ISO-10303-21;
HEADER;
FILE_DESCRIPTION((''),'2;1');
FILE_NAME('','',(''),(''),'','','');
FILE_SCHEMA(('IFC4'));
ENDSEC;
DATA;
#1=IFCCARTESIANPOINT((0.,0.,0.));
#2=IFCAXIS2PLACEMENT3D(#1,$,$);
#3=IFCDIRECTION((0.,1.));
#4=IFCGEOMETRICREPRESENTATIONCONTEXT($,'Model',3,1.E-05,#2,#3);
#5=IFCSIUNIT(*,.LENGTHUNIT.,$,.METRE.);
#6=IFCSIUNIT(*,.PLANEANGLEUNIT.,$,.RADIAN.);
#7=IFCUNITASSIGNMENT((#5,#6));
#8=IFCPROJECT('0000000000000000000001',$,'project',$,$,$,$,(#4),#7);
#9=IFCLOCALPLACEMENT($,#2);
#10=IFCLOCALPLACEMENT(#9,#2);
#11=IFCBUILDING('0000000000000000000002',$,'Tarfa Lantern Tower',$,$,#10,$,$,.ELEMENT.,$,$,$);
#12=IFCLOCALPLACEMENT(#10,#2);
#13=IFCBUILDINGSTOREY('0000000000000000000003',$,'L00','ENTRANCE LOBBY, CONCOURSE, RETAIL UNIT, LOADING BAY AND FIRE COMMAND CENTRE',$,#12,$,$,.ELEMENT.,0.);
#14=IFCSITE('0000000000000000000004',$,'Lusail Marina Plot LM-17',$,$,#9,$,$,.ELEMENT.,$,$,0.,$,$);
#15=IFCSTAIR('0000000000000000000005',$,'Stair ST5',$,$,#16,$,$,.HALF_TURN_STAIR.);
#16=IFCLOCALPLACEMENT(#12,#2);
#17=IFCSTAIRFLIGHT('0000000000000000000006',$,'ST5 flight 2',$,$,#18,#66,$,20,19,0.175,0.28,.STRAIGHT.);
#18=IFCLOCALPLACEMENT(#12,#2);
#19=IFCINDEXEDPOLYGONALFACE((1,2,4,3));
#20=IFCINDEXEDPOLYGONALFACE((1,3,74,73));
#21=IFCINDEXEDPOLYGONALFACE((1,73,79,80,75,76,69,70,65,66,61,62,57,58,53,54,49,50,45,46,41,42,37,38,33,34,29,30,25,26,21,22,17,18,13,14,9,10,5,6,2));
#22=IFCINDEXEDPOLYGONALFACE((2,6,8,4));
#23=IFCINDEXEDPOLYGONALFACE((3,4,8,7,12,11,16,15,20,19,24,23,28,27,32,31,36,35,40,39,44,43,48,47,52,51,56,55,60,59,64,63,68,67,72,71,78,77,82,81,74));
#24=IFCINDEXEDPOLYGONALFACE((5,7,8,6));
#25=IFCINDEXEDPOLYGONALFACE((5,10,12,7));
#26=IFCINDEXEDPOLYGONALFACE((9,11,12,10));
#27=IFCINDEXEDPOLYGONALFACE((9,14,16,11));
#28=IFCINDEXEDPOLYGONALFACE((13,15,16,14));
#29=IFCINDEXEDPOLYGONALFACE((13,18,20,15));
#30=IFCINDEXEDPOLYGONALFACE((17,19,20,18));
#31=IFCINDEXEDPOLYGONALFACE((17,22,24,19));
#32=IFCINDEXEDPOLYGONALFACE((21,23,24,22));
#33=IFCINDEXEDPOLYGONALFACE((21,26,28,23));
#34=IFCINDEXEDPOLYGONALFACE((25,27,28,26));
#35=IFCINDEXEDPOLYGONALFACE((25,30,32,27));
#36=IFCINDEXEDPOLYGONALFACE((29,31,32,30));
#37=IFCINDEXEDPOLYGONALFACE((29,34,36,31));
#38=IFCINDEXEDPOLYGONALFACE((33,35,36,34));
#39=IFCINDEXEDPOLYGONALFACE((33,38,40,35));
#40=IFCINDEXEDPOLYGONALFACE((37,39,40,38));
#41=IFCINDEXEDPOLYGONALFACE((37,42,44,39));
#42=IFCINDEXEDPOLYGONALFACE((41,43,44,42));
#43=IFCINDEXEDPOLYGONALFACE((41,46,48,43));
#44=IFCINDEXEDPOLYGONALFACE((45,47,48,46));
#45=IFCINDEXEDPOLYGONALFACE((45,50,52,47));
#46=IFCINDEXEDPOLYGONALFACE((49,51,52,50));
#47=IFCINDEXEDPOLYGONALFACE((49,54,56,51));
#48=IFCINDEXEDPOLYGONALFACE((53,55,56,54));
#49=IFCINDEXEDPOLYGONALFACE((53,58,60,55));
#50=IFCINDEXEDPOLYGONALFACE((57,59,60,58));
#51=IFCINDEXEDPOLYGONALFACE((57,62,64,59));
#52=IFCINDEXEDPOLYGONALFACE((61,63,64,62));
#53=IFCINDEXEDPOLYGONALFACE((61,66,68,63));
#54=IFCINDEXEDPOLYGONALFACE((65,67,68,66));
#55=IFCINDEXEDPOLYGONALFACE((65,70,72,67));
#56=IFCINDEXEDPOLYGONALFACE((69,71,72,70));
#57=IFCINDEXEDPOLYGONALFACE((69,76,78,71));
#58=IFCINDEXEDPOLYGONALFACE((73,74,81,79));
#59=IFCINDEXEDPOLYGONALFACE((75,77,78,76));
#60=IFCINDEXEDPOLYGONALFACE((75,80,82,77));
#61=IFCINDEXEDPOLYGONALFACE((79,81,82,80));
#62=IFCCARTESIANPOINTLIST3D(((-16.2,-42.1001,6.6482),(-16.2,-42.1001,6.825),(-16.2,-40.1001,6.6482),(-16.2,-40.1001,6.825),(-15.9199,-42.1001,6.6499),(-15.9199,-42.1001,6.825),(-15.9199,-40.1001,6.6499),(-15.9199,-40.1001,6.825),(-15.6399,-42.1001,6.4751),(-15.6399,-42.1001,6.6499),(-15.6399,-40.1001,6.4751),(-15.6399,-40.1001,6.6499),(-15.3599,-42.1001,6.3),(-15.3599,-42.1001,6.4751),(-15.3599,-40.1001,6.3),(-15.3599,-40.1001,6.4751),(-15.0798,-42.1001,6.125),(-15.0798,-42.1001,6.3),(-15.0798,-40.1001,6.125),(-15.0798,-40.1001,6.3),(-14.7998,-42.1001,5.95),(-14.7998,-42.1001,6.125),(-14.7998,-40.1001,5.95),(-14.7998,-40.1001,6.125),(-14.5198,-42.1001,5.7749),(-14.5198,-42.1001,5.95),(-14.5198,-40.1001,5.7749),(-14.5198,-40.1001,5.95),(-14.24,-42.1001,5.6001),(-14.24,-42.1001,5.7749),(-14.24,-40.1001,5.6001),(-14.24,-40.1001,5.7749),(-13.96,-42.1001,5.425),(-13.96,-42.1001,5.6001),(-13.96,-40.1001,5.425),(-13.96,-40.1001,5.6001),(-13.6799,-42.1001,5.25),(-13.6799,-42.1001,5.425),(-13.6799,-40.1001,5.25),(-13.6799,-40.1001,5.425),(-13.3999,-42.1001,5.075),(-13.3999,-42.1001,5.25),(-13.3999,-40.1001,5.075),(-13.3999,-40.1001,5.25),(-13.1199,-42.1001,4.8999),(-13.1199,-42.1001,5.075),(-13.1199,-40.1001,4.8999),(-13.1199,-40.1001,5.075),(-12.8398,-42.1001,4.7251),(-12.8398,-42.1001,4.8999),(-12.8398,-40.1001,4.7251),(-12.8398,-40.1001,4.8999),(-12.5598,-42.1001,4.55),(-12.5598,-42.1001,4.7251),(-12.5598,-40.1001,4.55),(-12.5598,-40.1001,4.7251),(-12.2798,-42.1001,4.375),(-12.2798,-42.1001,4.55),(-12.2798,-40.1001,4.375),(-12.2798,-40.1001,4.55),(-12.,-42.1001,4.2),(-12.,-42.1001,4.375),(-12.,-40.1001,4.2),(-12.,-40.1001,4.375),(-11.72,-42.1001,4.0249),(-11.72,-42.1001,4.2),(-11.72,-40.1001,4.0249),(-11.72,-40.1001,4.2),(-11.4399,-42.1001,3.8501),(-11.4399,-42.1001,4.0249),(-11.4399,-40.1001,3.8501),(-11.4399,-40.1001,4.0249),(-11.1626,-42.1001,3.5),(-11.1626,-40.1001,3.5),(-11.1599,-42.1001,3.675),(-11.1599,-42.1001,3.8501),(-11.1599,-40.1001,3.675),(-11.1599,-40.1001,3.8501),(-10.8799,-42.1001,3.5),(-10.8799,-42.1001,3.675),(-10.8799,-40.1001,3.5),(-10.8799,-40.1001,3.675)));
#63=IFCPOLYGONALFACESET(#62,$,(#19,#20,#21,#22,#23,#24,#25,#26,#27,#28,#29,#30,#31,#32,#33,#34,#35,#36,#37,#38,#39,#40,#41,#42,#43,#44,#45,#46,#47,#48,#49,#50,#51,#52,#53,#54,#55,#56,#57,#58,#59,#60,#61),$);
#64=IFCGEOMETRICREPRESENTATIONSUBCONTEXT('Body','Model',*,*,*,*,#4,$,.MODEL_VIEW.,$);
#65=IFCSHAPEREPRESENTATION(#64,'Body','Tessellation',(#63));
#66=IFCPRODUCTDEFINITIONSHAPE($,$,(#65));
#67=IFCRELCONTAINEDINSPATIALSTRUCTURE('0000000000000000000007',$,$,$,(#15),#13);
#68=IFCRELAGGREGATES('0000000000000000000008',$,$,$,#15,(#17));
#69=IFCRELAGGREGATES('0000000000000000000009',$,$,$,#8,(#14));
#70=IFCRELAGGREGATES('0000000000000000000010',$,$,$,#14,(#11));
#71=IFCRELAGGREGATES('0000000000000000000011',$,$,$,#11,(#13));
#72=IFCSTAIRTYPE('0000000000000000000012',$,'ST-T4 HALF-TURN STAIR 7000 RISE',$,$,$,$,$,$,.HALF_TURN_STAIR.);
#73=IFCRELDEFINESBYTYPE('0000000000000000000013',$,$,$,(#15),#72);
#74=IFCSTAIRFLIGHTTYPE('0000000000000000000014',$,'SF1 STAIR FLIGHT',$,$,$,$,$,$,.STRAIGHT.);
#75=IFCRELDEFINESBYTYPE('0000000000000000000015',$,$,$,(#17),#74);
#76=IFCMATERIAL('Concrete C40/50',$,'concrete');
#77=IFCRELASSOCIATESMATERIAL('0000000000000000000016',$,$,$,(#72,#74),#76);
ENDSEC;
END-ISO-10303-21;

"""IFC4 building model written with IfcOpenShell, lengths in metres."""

from ifc_helpers import new_model, si_unit, direction, frame, origin, place, context, subcontext, project, spatial, polyline, outline, extrude, material, type_object, element, aggregate, save


model = new_model("IFC4")

# Units and contexts
model_context = context("Model", 3, precision=1e-05, world=origin(), true_north=direction((0.0, 1.0)))
body_context = subcontext(model_context, "Body", "Model", "MODEL_VIEW")
ifc_project = project(units=[si_unit("LENGTHUNIT", "METRE"), si_unit("PLANEANGLEUNIT", "RADIAN")], contexts=[model_context])

# Site, building, storey
site_placement = place(None, origin())
site = spatial("IfcSite", under=ifc_project, at=site_placement, Name="Lusail Marina Plot LM-17", CompositionType="ELEMENT", RefElevation=0.0)
building_placement = place(site_placement, origin())
building = spatial("IfcBuilding", under=site, at=building_placement, Name="Tarfa Lantern Tower", CompositionType="ELEMENT")
storey_placement = place(building_placement, origin())
storey = spatial("IfcBuildingStorey", under=building, at=storey_placement, Name="L00", Description="ENTRANCE LOBBY, CONCOURSE, RETAIL UNIT, LOADING BAY AND FIRE COMMAND CENTRE", CompositionType="ELEMENT", Elevation=0.0)

# Stair, stair flight
ifc_material_1 = material(Name="Concrete C40/50", Category="concrete")
stair_type = type_object("IfcStairType", Name="ST-T4 HALF-TURN STAIR 7000 RISE", PredefinedType="HALF_TURN_STAIR", material=ifc_material_1)
stair_placement = place(storey_placement, origin())
stair = element("IfcStair", 1, at=stair_placement, inside=storey, type_object=stair_type, Name="Stair ST5", PredefinedType="HALF_TURN_STAIR")
stair_flight_type = type_object("IfcStairFlightType", Name="SF1 STAIR FLIGHT", PredefinedType="STRAIGHT", material=ifc_material_1)
stair_flight_placement = place(storey_placement, frame((-10.8799, -41.1001, 3.5), z_axis=(0.0, 0.0, 1.0), x_axis=(-1.0, 0.0, 0.0)))
stair_flight = element("IfcStairFlight", 2, at=stair_flight_placement, type_object=stair_flight_type, Name="ST5 flight 2", NumberOfRisers=20, NumberOfTreads=19, PredefinedType="STRAIGHT", RiserHeight=0.175, TreadLength=0.28, context=body_context, shape_type="SweptSolid", body=[
    extrude(outline(polyline([(0.0, 0.0), (0.0, 0.175), (0.28, 0.175), (0.28, 0.3501), (0.5601, 0.3501), (0.5601, 0.5249), (0.8401, 0.5249), (0.8401, 0.7), (1.1201, 0.7), (1.1201, 0.875), (1.3999, 0.875), (1.3999, 1.05), (1.6799, 1.05), (1.6799, 1.2251), (1.96, 1.2251), (1.96, 1.3999), (2.24, 1.3999), (2.24, 1.575), (2.52, 1.575), (2.52, 1.75), (2.8, 1.75), (2.8, 1.925), (3.0801, 1.925), (3.0801, 2.1001), (3.3601, 2.1001), (3.3601, 2.2749), (3.6399, 2.2749), (3.6399, 2.45), (3.9199, 2.45), (3.9199, 2.625), (4.2, 2.625), (4.2, 2.8), (4.48, 2.8), (4.48, 2.9751), (4.76, 2.9751), (4.76, 3.1499), (5.04, 3.1499), (5.04, 3.325), (5.3201, 3.325), (5.3201, 3.5), (5.3201, 3.1482), (0.2827, 0.0), (0.0, 0.0)])), frame((0.0, 1.0, 0.0), z_axis=(0.0, -1.0, 0.0), x_axis=(1.0, 0.0, 0.0)), (0.0, 0.0, 1.0), 2.0),
])
aggregate(stair, [stair_flight])

save(model, "model.ifc")
